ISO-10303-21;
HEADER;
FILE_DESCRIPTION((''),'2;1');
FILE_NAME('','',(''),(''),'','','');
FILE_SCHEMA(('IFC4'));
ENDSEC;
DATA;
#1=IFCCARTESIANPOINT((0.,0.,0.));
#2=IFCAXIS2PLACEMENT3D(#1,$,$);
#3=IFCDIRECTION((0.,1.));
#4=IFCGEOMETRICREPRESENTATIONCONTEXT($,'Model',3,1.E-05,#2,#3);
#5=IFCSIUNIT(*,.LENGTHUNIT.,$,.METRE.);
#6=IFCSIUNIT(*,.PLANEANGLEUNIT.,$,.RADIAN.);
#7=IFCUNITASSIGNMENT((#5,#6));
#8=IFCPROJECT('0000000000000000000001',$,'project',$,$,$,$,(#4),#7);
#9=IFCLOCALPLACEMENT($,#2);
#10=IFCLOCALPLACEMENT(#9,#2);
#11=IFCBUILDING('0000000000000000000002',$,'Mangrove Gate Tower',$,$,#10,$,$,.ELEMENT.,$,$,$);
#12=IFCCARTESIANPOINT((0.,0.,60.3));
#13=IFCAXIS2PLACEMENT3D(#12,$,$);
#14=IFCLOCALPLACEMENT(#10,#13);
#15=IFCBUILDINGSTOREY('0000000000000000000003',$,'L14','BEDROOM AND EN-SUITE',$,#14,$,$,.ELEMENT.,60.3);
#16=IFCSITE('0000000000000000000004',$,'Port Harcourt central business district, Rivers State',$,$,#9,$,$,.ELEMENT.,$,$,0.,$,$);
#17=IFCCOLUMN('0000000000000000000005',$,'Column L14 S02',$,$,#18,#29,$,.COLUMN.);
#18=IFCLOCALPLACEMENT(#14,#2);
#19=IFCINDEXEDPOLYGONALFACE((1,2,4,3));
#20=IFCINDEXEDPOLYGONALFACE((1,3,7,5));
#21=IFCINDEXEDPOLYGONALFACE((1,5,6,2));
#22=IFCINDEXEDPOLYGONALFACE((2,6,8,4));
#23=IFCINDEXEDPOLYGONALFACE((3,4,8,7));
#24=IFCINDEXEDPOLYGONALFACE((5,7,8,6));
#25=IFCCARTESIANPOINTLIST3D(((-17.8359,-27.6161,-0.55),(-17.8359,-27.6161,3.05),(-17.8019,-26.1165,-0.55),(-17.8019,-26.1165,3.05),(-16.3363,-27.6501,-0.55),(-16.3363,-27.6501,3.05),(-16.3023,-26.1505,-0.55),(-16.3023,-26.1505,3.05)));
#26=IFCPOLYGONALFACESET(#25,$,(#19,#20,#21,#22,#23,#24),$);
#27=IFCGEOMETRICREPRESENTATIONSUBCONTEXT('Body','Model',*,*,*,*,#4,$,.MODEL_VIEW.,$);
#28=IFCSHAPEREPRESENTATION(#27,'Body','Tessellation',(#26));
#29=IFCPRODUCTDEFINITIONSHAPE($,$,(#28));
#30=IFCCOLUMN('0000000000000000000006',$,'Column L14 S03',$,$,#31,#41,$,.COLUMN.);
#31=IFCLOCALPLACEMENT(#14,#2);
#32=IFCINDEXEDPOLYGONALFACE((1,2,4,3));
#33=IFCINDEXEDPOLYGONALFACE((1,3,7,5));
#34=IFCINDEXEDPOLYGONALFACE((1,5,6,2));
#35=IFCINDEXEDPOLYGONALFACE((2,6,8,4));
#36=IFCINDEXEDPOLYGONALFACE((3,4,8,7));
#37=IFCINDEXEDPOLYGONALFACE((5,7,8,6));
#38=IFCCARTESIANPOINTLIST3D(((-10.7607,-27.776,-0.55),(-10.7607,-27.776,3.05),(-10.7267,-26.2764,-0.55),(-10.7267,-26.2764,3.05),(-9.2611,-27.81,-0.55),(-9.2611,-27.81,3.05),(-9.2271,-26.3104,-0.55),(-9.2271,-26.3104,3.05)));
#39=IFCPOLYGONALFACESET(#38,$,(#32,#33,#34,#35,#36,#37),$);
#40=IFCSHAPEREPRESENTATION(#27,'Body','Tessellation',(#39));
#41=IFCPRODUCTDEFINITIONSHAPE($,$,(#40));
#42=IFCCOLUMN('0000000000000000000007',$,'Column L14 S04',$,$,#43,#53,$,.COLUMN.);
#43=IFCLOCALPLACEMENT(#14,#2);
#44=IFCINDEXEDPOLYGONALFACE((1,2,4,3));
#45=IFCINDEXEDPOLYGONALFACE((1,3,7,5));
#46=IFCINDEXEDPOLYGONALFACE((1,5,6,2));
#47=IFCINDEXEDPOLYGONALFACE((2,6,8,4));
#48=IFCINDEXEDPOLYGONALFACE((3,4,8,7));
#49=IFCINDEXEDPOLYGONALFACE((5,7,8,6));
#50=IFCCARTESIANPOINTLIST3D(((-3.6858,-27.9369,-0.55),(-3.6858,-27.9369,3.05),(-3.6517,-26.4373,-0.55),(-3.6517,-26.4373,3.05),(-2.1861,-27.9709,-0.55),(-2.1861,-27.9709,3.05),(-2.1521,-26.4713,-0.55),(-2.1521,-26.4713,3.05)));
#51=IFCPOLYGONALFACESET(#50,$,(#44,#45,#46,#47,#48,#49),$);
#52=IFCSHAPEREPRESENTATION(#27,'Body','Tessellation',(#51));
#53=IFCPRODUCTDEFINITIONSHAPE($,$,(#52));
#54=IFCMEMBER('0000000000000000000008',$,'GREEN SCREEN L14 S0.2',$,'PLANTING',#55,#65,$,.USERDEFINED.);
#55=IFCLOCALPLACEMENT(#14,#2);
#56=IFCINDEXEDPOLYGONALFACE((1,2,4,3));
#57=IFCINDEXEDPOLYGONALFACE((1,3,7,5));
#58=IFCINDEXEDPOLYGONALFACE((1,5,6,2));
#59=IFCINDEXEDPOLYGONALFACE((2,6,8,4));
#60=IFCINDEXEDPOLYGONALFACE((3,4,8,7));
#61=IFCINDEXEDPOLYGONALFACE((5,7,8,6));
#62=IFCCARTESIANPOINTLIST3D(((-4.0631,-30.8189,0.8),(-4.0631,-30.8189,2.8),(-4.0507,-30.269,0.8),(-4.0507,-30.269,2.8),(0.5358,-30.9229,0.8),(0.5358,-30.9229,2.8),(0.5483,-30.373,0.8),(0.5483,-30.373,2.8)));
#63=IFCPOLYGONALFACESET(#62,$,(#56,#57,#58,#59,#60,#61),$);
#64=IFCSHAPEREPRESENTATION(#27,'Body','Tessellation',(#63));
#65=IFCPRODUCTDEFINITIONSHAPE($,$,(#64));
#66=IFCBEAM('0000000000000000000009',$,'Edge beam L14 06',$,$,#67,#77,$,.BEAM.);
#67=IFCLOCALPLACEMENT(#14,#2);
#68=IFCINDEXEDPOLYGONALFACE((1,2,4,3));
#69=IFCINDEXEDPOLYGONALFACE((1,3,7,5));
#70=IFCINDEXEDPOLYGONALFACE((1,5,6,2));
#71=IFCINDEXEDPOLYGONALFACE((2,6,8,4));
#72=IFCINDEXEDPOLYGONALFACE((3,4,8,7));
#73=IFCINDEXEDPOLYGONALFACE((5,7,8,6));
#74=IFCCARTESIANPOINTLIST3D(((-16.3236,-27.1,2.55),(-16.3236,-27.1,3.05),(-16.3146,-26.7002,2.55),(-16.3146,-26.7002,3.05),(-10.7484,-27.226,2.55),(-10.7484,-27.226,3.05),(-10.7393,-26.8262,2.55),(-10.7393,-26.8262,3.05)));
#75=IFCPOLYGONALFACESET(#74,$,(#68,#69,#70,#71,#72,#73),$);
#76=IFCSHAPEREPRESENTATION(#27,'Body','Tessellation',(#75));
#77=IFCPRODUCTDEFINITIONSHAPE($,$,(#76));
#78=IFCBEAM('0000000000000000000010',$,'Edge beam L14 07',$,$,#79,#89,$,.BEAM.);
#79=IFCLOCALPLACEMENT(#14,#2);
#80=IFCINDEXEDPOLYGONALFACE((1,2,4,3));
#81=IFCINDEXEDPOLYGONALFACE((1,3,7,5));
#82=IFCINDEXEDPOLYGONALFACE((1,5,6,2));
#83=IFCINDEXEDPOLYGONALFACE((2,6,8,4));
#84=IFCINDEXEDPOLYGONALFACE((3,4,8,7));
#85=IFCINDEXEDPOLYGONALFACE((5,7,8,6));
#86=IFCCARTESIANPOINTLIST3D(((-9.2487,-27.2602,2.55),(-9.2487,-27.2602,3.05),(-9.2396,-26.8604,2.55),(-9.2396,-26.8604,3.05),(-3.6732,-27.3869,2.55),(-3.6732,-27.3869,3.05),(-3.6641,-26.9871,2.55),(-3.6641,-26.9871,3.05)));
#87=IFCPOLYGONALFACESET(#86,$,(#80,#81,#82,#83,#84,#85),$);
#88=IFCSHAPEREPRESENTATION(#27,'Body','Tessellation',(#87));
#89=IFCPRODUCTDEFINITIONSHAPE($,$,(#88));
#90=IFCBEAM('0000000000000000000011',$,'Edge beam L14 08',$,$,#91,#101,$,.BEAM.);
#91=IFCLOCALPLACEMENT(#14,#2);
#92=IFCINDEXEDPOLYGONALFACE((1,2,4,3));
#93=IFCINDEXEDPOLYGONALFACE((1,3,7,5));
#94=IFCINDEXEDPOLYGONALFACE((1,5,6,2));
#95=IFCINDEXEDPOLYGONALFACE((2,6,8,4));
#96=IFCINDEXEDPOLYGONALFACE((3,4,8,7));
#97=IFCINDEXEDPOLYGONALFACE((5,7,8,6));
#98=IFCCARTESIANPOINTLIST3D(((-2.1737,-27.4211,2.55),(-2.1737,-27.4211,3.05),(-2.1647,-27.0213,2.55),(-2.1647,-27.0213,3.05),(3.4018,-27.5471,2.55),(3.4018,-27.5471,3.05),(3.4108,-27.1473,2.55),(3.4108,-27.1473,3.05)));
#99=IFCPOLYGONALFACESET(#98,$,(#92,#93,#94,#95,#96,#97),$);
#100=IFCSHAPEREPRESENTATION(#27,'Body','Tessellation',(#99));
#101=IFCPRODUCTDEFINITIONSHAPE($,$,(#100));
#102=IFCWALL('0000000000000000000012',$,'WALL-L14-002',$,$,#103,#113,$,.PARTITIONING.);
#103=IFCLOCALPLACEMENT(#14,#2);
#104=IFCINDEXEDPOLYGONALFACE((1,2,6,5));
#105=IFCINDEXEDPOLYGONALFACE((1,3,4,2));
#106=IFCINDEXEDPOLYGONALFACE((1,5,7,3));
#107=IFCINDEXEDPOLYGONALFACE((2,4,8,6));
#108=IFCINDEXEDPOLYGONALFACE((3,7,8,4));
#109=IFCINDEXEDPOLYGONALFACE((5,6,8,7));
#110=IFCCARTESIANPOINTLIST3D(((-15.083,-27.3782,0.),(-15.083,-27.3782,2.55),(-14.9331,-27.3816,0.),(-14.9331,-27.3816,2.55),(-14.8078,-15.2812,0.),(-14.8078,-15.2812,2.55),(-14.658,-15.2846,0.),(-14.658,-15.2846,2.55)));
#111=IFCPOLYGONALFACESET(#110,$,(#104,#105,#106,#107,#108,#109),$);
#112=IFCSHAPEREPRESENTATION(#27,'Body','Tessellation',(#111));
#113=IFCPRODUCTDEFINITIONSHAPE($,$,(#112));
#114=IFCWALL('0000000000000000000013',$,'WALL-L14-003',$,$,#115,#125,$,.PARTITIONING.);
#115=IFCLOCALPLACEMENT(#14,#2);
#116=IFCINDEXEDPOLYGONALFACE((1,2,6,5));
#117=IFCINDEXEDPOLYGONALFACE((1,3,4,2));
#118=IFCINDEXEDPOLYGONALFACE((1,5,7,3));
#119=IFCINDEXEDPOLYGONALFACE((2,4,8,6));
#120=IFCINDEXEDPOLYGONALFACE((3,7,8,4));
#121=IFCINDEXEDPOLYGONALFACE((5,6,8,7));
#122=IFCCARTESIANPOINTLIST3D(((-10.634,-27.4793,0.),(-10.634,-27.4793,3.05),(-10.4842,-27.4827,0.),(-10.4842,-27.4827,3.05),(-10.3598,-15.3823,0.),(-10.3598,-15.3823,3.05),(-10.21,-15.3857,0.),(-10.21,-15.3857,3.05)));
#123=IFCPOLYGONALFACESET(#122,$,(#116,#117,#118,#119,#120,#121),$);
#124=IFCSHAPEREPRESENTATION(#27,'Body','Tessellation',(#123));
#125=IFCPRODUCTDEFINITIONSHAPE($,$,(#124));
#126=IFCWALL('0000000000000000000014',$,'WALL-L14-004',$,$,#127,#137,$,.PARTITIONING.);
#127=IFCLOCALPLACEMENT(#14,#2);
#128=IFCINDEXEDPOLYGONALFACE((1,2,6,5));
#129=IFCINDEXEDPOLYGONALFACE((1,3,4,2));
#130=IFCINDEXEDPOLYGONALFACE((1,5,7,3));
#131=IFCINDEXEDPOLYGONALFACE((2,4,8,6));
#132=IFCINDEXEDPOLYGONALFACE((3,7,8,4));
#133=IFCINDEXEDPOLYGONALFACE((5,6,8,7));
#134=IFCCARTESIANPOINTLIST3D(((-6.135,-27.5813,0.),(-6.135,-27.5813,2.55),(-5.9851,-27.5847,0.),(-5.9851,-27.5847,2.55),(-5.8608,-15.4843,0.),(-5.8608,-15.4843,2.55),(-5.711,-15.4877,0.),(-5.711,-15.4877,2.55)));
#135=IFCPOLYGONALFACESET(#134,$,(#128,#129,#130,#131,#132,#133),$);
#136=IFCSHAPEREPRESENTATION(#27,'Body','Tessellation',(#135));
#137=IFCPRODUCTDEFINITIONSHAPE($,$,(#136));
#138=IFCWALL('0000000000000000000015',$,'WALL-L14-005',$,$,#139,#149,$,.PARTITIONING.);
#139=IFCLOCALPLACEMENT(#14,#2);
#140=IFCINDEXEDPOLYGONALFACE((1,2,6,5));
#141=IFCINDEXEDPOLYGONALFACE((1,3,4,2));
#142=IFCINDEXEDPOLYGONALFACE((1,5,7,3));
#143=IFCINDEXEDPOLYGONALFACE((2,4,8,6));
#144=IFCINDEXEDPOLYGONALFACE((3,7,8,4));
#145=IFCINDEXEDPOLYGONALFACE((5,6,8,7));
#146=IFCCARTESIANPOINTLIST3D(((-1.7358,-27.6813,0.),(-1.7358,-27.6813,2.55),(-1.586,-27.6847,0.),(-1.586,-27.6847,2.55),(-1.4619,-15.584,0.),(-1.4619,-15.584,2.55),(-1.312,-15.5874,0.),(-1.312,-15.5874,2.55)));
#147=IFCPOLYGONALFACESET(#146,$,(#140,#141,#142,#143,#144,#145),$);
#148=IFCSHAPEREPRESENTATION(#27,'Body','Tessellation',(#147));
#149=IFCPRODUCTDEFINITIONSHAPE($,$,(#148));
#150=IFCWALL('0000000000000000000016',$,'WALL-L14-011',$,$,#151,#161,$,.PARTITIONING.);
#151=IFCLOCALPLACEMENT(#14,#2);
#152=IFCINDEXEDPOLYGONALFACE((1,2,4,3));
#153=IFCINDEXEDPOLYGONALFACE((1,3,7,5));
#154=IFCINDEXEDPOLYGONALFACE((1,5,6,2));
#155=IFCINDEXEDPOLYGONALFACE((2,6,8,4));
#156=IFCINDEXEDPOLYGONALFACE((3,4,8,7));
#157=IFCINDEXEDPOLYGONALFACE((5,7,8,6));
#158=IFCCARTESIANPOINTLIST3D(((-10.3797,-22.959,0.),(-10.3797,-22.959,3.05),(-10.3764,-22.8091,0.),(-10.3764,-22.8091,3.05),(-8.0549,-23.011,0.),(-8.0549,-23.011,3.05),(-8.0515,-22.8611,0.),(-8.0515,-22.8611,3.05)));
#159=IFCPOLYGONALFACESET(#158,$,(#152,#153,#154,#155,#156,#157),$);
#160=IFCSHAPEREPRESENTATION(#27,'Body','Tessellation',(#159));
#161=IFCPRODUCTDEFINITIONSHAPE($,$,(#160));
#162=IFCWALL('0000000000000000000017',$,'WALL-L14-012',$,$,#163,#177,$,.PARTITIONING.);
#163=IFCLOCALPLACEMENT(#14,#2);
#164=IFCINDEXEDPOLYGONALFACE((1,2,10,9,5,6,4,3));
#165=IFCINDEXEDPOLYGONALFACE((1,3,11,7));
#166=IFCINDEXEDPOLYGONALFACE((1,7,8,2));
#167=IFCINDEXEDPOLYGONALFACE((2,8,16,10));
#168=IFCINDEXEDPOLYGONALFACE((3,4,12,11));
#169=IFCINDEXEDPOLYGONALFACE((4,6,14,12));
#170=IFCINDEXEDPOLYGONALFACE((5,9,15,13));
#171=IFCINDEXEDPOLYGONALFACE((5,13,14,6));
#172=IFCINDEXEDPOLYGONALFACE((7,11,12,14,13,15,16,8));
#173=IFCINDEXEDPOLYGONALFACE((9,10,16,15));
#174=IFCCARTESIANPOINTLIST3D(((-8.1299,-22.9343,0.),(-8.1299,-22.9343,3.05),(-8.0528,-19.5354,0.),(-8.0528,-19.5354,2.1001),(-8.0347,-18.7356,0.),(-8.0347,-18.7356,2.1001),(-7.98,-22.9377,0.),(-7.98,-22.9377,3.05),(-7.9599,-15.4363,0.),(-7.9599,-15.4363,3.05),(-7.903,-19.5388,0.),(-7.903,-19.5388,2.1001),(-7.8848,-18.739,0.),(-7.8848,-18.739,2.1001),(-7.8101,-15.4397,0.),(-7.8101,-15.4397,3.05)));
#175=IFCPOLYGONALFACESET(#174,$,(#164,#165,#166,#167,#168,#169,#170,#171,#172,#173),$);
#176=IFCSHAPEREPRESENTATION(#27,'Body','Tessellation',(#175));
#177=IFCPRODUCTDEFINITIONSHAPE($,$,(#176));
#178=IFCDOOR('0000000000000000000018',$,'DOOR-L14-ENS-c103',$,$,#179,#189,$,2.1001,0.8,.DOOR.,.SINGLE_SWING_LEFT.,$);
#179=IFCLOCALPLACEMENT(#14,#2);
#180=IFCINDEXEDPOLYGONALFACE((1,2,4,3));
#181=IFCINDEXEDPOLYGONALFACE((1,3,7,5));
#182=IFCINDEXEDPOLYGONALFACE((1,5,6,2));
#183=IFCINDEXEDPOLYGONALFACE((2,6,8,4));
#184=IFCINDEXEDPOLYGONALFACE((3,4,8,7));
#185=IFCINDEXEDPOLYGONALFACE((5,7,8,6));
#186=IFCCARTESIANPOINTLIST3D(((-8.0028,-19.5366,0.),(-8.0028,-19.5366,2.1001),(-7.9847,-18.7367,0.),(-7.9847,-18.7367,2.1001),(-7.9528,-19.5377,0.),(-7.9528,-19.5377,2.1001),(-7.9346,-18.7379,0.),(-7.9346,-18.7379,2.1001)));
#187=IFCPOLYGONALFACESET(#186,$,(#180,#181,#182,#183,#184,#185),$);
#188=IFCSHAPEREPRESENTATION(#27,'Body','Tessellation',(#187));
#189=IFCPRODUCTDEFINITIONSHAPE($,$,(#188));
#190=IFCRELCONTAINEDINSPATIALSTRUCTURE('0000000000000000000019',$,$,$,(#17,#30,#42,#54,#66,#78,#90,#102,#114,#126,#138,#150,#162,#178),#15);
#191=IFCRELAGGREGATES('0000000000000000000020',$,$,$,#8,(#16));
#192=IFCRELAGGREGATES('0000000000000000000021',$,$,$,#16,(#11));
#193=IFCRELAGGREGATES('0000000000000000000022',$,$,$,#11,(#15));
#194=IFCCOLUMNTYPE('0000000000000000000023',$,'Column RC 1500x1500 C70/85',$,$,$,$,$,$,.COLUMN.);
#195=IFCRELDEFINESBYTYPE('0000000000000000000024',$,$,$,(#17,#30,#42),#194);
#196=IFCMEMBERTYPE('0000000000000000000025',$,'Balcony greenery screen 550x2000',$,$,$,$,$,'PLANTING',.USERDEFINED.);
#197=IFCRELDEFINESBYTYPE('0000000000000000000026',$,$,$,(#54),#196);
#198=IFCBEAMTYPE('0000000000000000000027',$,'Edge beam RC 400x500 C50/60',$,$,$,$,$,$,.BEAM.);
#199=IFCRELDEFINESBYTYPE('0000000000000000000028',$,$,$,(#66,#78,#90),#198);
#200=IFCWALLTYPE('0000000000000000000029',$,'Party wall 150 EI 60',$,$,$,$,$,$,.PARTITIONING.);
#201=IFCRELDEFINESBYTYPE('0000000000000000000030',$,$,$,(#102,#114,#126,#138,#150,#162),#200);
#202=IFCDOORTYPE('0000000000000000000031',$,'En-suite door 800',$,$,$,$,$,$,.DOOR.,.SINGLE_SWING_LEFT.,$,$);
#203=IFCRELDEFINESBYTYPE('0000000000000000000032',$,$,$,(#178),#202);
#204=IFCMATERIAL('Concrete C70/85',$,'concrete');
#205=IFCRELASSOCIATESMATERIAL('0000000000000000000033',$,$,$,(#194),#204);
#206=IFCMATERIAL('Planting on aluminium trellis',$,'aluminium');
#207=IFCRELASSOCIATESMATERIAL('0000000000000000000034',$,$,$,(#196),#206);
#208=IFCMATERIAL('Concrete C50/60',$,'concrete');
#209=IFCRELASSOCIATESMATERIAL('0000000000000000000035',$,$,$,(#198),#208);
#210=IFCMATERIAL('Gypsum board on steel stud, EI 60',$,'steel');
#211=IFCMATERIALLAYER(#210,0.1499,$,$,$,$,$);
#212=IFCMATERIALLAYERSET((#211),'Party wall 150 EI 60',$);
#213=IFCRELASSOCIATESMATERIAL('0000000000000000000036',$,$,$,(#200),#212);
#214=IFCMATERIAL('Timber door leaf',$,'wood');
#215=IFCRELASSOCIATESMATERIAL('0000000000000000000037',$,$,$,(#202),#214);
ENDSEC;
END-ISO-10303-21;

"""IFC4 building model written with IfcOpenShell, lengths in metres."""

from ifc_helpers import new_model, si_unit, direction, frame, frame_2d, origin, origin_2d, place, context, subcontext, project, spatial, rectangle, extrude, material, layer, layer_set, material_profile, profile_set, type_object, element, fill, save


model = new_model("IFC4")

# Units and contexts
model_context = context("Model", 3, precision=1e-05, world=origin(), true_north=direction((0.0, 1.0)))
body_context = subcontext(model_context, "Body", "Model", "MODEL_VIEW")
ifc_project = project(units=[si_unit("LENGTHUNIT", "METRE"), si_unit("PLANEANGLEUNIT", "RADIAN")], contexts=[model_context])

# Site, building, storey
site_placement = place(None, origin())
site = spatial("IfcSite", under=ifc_project, at=site_placement, Name="Port Harcourt central business district, Rivers State", CompositionType="ELEMENT", RefElevation=0.0)
building_placement = place(site_placement, origin())
building = spatial("IfcBuilding", under=site, at=building_placement, Name="Mangrove Gate Tower", CompositionType="ELEMENT")
storey_placement = place(building_placement, frame((0.0, 0.0, 60.3)))
storey = spatial("IfcBuildingStorey", under=building, at=storey_placement, Name="L14", Description="BEDROOM AND EN-SUITE", CompositionType="ELEMENT", Elevation=60.3)

# Columns
ifc_material_1 = material(Name="Concrete C70/85", Category="concrete")
ifc_material_profile_1 = material_profile(ifc_material_1, rectangle(XDim=1.5, YDim=1.5, at=origin_2d()))
ifc_profile_set_1 = profile_set([ifc_material_profile_1], Name="Concrete C70/85")
column_type = type_object("IfcColumnType", Name="Column RC 1500x1500 C70/85", PredefinedType="COLUMN", material=ifc_profile_set_1)
for number, where, z_axis, x_axis, name in (
    (1, (-17.0691, -26.8833, -0.55), (0.0, 0.0, 1.0), (0.999743, -0.022681, 0.0), "Column L14 S02"),
    (2, (-9.9939, -27.0432, -0.55), (0.0, 0.0, 1.0), (0.999743, -0.02268, 0.0), "Column L14 S03"),
    (3, (-2.9189, -27.2041, -0.55), (0.0, 0.0, 1.0), (0.999743, -0.02268, 0.0), "Column L14 S04"),
):
    element("IfcColumn", number, at=place(storey_placement, frame(where, z_axis=z_axis, x_axis=x_axis)), inside=storey, type_object=column_type, Name=name, PredefinedType="COLUMN", context=body_context, shape_type="SweptSolid", body=[
        extrude(rectangle(XDim=1.5, YDim=1.5, at=origin_2d()), origin(), (0.0, 0.0, 1.0), 3.6001),
    ])

# Member
ifc_material_2 = material(Name="Planting on aluminium trellis", Category="aluminium")
ifc_material_profile_2 = material_profile(ifc_material_2, rectangle(XDim=0.55, YDim=2.0, at=origin_2d()))
ifc_profile_set_2 = profile_set([ifc_material_profile_2], Name="Planting on aluminium trellis")
member_type = type_object("IfcMemberType", Name="Balcony greenery screen 550x2000", ElementType="PLANTING", PredefinedType="USERDEFINED", material=ifc_profile_set_2)
member_placement = place(storey_placement, frame((-4.0569, -30.5439, 1.8), z_axis=(0.999744, -0.022609, 0.0), x_axis=(0.022609, 0.999744, 0.0)))
element("IfcMember", 4, at=member_placement, inside=storey, type_object=member_type, Name="GREEN SCREEN L14 S0.2", ObjectType="PLANTING", PredefinedType="USERDEFINED", context=body_context, shape_type="SweptSolid", body=[
    extrude(rectangle(XDim=0.55, YDim=2.0, at=origin_2d()), origin(), (0.0, 0.0, 1.0), 4.6001),
])

# Beams
ifc_material_3 = material(Name="Concrete C50/60", Category="concrete")
ifc_material_profile_3 = material_profile(ifc_material_3, rectangle(XDim=0.3999, YDim=0.5, at=origin_2d()))
ifc_profile_set_3 = profile_set([ifc_material_profile_3], Name="Concrete C50/60")
beam_type = type_object("IfcBeamType", Name="Edge beam RC 400x500 C50/60", PredefinedType="BEAM", material=ifc_profile_set_3)
beam_placement = place(storey_placement, frame((-16.3191, -26.9001, 2.8), z_axis=(0.999745, -0.02259, 0.0), x_axis=(0.02259, 0.999745, 0.0)))
element("IfcBeam", 5, at=beam_placement, inside=storey, type_object=beam_type, Name="Edge beam L14 06", PredefinedType="BEAM", context=body_context, shape_type="SweptSolid", body=[
    extrude(rectangle(XDim=0.3999, YDim=0.5, at=origin_2d()), origin(), (0.0, 0.0, 1.0), 5.5767),
])
for number, where, z_axis, x_axis, name in (
    (6, (-9.2441, -27.0603, 2.8), (0.999742, -0.02272, 0.0), (0.02272, 0.999742, 0.0), "Edge beam L14 07"),
    (7, (-2.1692, -27.2212, 2.8), (0.999745, -0.022589, 0.0), (0.022589, 0.999745, 0.0), "Edge beam L14 08"),
):
    element("IfcBeam", number, at=place(storey_placement, frame(where, z_axis=z_axis, x_axis=x_axis)), inside=storey, type_object=beam_type, Name=name, PredefinedType="BEAM", context=body_context, shape_type="SweptSolid", body=[
        extrude(rectangle(XDim=0.3999, YDim=0.5, at=origin_2d()), origin(), (0.0, 0.0, 1.0), 5.5769),
    ])

# Walls
ifc_material_4 = material(Name="Gypsum board on steel stud, EI 60", Category="steel")
ifc_layer_1 = layer(ifc_material_4, 0.1499)
ifc_layer_set_1 = layer_set([ifc_layer_1], Name="Party wall 150 EI 60")
wall_type_1 = type_object("IfcWallType", Name="Party wall 150 EI 60", PredefinedType="PARTITIONING", material=ifc_layer_set_1)
wall_1_placement = place(storey_placement, frame((-15.0081, -27.3799, 0.0), z_axis=(0.0, 0.0, 1.0), x_axis=(0.022739, 0.999741, 0.0)))
element("IfcWall", 8, at=wall_1_placement, inside=storey, type_object=wall_type_1, Name="WALL-L14-002", PredefinedType="PARTITIONING", context=body_context, shape_type="SweptSolid", body=[
    extrude(rectangle(XDim=12.1001, YDim=0.1499, at=frame_2d((6.05, 0.0))), origin(), (0.0, 0.0, 1.0), 2.55),
])
wall_2_placement = place(storey_placement, frame((-10.5591, -27.481, 0.0), z_axis=(0.0, 0.0, 1.0), x_axis=(0.022659, 0.999743, 0.0)))
element("IfcWall", 9, at=wall_2_placement, inside=storey, type_object=wall_type_1, Name="WALL-L14-003", PredefinedType="PARTITIONING", context=body_context, shape_type="SweptSolid", body=[
    extrude(rectangle(XDim=12.1001, YDim=0.1499, at=frame_2d((6.05, 0.0))), origin(), (0.0, 0.0, 1.0), 3.05),
])
wall_3_placement = place(storey_placement, frame((-6.0601, -27.583, 0.0), z_axis=(0.0, 0.0, 1.0), x_axis=(0.022659, 0.999743, 0.0)))
element("IfcWall", 10, at=wall_3_placement, inside=storey, type_object=wall_type_1, Name="WALL-L14-004", PredefinedType="PARTITIONING", context=body_context, shape_type="SweptSolid", body=[
    extrude(rectangle(XDim=12.1001, YDim=0.1499, at=frame_2d((6.05, 0.0))), origin(), (0.0, 0.0, 1.0), 2.55),
])
wall_4_placement = place(storey_placement, frame((-1.6609, -27.6831, 0.0), z_axis=(0.0, 0.0, 1.0), x_axis=(0.022638, 0.999744, 0.0)))
element("IfcWall", 11, at=wall_4_placement, inside=storey, type_object=wall_type_1, Name="WALL-L14-005", PredefinedType="PARTITIONING", context=body_context, shape_type="SweptSolid", body=[
    extrude(rectangle(XDim=12.1003, YDim=0.1499, at=frame_2d((6.0503, 0.0))), origin(), (0.0, 0.0, 1.0), 2.55),
])
wall_5_placement = place(storey_placement, frame((-10.3779, -22.884, 0.0), z_axis=(0.0, 0.0, 1.0), x_axis=(0.99975, -0.022361, 0.0)))
element("IfcWall", 12, at=wall_5_placement, inside=storey, type_object=wall_type_1, Name="WALL-L14-011", PredefinedType="PARTITIONING", context=body_context, shape_type="SweptSolid", body=[
    extrude(rectangle(XDim=2.3254, YDim=0.1499, at=frame_2d((1.1626, 0.0))), origin(), (0.0, 0.0, 1.0), 3.05),
])

# Wall, opening, door
wall_6_placement = place(storey_placement, frame((-8.0549, -22.936, 0.0), z_axis=(0.0, 0.0, 1.0), x_axis=(0.022656, 0.999743, 0.0)))
wall_6 = element("IfcWall", 13, at=wall_6_placement, inside=storey, type_object=wall_type_1, Name="WALL-L14-012", PredefinedType="PARTITIONING", context=body_context, shape_type="SweptSolid", body=[
    extrude(rectangle(XDim=7.5, YDim=0.1499, at=frame_2d((3.75, 0.0))), origin(), (0.0, 0.0, 1.0), 3.05),
])
opening_1_placement = place(wall_6_placement, frame((3.3999, 0.0, 0.0)))
opening_1 = element("IfcOpeningElement", 14, at=opening_1_placement, cuts=wall_6, PredefinedType="OPENING", context=body_context, shape_type="SweptSolid", body=[
    extrude(rectangle(XDim=0.8, YDim=2.1001, at=frame_2d((0.3999, 1.05))), frame((0.0, 0.085, 0.0), z_axis=(0.0, -1.0, 0.0), x_axis=(1.0, 0.0, 0.0)), (0.0, 0.0, 1.0), 0.1699),
])
ifc_material_5 = material(Name="Timber door leaf", Category="wood")
door_type = type_object("IfcDoorType", Name="En-suite door 800", OperationType="SINGLE_SWING_LEFT", PredefinedType="DOOR", material=ifc_material_5)
door_1_placement = place(opening_1_placement, origin())
door_1 = element("IfcDoor", 15, at=door_1_placement, inside=storey, type_object=door_type, Name="DOOR-L14-ENS-c103", OperationType="SINGLE_SWING_LEFT", OverallHeight=2.1001, OverallWidth=0.8, PredefinedType="DOOR", context=body_context, shape_type="SweptSolid", body=[
    extrude(rectangle(XDim=0.8, YDim=2.1001, at=frame_2d((0.3999, 1.05))), frame((0.0, 0.0249, 0.0), z_axis=(0.0, -1.0, 0.0), x_axis=(1.0, 0.0, 0.0)), (0.0, 0.0, 1.0), 0.05),
])
fill(opening_1, door_1)

save(model, "model.ifc")
